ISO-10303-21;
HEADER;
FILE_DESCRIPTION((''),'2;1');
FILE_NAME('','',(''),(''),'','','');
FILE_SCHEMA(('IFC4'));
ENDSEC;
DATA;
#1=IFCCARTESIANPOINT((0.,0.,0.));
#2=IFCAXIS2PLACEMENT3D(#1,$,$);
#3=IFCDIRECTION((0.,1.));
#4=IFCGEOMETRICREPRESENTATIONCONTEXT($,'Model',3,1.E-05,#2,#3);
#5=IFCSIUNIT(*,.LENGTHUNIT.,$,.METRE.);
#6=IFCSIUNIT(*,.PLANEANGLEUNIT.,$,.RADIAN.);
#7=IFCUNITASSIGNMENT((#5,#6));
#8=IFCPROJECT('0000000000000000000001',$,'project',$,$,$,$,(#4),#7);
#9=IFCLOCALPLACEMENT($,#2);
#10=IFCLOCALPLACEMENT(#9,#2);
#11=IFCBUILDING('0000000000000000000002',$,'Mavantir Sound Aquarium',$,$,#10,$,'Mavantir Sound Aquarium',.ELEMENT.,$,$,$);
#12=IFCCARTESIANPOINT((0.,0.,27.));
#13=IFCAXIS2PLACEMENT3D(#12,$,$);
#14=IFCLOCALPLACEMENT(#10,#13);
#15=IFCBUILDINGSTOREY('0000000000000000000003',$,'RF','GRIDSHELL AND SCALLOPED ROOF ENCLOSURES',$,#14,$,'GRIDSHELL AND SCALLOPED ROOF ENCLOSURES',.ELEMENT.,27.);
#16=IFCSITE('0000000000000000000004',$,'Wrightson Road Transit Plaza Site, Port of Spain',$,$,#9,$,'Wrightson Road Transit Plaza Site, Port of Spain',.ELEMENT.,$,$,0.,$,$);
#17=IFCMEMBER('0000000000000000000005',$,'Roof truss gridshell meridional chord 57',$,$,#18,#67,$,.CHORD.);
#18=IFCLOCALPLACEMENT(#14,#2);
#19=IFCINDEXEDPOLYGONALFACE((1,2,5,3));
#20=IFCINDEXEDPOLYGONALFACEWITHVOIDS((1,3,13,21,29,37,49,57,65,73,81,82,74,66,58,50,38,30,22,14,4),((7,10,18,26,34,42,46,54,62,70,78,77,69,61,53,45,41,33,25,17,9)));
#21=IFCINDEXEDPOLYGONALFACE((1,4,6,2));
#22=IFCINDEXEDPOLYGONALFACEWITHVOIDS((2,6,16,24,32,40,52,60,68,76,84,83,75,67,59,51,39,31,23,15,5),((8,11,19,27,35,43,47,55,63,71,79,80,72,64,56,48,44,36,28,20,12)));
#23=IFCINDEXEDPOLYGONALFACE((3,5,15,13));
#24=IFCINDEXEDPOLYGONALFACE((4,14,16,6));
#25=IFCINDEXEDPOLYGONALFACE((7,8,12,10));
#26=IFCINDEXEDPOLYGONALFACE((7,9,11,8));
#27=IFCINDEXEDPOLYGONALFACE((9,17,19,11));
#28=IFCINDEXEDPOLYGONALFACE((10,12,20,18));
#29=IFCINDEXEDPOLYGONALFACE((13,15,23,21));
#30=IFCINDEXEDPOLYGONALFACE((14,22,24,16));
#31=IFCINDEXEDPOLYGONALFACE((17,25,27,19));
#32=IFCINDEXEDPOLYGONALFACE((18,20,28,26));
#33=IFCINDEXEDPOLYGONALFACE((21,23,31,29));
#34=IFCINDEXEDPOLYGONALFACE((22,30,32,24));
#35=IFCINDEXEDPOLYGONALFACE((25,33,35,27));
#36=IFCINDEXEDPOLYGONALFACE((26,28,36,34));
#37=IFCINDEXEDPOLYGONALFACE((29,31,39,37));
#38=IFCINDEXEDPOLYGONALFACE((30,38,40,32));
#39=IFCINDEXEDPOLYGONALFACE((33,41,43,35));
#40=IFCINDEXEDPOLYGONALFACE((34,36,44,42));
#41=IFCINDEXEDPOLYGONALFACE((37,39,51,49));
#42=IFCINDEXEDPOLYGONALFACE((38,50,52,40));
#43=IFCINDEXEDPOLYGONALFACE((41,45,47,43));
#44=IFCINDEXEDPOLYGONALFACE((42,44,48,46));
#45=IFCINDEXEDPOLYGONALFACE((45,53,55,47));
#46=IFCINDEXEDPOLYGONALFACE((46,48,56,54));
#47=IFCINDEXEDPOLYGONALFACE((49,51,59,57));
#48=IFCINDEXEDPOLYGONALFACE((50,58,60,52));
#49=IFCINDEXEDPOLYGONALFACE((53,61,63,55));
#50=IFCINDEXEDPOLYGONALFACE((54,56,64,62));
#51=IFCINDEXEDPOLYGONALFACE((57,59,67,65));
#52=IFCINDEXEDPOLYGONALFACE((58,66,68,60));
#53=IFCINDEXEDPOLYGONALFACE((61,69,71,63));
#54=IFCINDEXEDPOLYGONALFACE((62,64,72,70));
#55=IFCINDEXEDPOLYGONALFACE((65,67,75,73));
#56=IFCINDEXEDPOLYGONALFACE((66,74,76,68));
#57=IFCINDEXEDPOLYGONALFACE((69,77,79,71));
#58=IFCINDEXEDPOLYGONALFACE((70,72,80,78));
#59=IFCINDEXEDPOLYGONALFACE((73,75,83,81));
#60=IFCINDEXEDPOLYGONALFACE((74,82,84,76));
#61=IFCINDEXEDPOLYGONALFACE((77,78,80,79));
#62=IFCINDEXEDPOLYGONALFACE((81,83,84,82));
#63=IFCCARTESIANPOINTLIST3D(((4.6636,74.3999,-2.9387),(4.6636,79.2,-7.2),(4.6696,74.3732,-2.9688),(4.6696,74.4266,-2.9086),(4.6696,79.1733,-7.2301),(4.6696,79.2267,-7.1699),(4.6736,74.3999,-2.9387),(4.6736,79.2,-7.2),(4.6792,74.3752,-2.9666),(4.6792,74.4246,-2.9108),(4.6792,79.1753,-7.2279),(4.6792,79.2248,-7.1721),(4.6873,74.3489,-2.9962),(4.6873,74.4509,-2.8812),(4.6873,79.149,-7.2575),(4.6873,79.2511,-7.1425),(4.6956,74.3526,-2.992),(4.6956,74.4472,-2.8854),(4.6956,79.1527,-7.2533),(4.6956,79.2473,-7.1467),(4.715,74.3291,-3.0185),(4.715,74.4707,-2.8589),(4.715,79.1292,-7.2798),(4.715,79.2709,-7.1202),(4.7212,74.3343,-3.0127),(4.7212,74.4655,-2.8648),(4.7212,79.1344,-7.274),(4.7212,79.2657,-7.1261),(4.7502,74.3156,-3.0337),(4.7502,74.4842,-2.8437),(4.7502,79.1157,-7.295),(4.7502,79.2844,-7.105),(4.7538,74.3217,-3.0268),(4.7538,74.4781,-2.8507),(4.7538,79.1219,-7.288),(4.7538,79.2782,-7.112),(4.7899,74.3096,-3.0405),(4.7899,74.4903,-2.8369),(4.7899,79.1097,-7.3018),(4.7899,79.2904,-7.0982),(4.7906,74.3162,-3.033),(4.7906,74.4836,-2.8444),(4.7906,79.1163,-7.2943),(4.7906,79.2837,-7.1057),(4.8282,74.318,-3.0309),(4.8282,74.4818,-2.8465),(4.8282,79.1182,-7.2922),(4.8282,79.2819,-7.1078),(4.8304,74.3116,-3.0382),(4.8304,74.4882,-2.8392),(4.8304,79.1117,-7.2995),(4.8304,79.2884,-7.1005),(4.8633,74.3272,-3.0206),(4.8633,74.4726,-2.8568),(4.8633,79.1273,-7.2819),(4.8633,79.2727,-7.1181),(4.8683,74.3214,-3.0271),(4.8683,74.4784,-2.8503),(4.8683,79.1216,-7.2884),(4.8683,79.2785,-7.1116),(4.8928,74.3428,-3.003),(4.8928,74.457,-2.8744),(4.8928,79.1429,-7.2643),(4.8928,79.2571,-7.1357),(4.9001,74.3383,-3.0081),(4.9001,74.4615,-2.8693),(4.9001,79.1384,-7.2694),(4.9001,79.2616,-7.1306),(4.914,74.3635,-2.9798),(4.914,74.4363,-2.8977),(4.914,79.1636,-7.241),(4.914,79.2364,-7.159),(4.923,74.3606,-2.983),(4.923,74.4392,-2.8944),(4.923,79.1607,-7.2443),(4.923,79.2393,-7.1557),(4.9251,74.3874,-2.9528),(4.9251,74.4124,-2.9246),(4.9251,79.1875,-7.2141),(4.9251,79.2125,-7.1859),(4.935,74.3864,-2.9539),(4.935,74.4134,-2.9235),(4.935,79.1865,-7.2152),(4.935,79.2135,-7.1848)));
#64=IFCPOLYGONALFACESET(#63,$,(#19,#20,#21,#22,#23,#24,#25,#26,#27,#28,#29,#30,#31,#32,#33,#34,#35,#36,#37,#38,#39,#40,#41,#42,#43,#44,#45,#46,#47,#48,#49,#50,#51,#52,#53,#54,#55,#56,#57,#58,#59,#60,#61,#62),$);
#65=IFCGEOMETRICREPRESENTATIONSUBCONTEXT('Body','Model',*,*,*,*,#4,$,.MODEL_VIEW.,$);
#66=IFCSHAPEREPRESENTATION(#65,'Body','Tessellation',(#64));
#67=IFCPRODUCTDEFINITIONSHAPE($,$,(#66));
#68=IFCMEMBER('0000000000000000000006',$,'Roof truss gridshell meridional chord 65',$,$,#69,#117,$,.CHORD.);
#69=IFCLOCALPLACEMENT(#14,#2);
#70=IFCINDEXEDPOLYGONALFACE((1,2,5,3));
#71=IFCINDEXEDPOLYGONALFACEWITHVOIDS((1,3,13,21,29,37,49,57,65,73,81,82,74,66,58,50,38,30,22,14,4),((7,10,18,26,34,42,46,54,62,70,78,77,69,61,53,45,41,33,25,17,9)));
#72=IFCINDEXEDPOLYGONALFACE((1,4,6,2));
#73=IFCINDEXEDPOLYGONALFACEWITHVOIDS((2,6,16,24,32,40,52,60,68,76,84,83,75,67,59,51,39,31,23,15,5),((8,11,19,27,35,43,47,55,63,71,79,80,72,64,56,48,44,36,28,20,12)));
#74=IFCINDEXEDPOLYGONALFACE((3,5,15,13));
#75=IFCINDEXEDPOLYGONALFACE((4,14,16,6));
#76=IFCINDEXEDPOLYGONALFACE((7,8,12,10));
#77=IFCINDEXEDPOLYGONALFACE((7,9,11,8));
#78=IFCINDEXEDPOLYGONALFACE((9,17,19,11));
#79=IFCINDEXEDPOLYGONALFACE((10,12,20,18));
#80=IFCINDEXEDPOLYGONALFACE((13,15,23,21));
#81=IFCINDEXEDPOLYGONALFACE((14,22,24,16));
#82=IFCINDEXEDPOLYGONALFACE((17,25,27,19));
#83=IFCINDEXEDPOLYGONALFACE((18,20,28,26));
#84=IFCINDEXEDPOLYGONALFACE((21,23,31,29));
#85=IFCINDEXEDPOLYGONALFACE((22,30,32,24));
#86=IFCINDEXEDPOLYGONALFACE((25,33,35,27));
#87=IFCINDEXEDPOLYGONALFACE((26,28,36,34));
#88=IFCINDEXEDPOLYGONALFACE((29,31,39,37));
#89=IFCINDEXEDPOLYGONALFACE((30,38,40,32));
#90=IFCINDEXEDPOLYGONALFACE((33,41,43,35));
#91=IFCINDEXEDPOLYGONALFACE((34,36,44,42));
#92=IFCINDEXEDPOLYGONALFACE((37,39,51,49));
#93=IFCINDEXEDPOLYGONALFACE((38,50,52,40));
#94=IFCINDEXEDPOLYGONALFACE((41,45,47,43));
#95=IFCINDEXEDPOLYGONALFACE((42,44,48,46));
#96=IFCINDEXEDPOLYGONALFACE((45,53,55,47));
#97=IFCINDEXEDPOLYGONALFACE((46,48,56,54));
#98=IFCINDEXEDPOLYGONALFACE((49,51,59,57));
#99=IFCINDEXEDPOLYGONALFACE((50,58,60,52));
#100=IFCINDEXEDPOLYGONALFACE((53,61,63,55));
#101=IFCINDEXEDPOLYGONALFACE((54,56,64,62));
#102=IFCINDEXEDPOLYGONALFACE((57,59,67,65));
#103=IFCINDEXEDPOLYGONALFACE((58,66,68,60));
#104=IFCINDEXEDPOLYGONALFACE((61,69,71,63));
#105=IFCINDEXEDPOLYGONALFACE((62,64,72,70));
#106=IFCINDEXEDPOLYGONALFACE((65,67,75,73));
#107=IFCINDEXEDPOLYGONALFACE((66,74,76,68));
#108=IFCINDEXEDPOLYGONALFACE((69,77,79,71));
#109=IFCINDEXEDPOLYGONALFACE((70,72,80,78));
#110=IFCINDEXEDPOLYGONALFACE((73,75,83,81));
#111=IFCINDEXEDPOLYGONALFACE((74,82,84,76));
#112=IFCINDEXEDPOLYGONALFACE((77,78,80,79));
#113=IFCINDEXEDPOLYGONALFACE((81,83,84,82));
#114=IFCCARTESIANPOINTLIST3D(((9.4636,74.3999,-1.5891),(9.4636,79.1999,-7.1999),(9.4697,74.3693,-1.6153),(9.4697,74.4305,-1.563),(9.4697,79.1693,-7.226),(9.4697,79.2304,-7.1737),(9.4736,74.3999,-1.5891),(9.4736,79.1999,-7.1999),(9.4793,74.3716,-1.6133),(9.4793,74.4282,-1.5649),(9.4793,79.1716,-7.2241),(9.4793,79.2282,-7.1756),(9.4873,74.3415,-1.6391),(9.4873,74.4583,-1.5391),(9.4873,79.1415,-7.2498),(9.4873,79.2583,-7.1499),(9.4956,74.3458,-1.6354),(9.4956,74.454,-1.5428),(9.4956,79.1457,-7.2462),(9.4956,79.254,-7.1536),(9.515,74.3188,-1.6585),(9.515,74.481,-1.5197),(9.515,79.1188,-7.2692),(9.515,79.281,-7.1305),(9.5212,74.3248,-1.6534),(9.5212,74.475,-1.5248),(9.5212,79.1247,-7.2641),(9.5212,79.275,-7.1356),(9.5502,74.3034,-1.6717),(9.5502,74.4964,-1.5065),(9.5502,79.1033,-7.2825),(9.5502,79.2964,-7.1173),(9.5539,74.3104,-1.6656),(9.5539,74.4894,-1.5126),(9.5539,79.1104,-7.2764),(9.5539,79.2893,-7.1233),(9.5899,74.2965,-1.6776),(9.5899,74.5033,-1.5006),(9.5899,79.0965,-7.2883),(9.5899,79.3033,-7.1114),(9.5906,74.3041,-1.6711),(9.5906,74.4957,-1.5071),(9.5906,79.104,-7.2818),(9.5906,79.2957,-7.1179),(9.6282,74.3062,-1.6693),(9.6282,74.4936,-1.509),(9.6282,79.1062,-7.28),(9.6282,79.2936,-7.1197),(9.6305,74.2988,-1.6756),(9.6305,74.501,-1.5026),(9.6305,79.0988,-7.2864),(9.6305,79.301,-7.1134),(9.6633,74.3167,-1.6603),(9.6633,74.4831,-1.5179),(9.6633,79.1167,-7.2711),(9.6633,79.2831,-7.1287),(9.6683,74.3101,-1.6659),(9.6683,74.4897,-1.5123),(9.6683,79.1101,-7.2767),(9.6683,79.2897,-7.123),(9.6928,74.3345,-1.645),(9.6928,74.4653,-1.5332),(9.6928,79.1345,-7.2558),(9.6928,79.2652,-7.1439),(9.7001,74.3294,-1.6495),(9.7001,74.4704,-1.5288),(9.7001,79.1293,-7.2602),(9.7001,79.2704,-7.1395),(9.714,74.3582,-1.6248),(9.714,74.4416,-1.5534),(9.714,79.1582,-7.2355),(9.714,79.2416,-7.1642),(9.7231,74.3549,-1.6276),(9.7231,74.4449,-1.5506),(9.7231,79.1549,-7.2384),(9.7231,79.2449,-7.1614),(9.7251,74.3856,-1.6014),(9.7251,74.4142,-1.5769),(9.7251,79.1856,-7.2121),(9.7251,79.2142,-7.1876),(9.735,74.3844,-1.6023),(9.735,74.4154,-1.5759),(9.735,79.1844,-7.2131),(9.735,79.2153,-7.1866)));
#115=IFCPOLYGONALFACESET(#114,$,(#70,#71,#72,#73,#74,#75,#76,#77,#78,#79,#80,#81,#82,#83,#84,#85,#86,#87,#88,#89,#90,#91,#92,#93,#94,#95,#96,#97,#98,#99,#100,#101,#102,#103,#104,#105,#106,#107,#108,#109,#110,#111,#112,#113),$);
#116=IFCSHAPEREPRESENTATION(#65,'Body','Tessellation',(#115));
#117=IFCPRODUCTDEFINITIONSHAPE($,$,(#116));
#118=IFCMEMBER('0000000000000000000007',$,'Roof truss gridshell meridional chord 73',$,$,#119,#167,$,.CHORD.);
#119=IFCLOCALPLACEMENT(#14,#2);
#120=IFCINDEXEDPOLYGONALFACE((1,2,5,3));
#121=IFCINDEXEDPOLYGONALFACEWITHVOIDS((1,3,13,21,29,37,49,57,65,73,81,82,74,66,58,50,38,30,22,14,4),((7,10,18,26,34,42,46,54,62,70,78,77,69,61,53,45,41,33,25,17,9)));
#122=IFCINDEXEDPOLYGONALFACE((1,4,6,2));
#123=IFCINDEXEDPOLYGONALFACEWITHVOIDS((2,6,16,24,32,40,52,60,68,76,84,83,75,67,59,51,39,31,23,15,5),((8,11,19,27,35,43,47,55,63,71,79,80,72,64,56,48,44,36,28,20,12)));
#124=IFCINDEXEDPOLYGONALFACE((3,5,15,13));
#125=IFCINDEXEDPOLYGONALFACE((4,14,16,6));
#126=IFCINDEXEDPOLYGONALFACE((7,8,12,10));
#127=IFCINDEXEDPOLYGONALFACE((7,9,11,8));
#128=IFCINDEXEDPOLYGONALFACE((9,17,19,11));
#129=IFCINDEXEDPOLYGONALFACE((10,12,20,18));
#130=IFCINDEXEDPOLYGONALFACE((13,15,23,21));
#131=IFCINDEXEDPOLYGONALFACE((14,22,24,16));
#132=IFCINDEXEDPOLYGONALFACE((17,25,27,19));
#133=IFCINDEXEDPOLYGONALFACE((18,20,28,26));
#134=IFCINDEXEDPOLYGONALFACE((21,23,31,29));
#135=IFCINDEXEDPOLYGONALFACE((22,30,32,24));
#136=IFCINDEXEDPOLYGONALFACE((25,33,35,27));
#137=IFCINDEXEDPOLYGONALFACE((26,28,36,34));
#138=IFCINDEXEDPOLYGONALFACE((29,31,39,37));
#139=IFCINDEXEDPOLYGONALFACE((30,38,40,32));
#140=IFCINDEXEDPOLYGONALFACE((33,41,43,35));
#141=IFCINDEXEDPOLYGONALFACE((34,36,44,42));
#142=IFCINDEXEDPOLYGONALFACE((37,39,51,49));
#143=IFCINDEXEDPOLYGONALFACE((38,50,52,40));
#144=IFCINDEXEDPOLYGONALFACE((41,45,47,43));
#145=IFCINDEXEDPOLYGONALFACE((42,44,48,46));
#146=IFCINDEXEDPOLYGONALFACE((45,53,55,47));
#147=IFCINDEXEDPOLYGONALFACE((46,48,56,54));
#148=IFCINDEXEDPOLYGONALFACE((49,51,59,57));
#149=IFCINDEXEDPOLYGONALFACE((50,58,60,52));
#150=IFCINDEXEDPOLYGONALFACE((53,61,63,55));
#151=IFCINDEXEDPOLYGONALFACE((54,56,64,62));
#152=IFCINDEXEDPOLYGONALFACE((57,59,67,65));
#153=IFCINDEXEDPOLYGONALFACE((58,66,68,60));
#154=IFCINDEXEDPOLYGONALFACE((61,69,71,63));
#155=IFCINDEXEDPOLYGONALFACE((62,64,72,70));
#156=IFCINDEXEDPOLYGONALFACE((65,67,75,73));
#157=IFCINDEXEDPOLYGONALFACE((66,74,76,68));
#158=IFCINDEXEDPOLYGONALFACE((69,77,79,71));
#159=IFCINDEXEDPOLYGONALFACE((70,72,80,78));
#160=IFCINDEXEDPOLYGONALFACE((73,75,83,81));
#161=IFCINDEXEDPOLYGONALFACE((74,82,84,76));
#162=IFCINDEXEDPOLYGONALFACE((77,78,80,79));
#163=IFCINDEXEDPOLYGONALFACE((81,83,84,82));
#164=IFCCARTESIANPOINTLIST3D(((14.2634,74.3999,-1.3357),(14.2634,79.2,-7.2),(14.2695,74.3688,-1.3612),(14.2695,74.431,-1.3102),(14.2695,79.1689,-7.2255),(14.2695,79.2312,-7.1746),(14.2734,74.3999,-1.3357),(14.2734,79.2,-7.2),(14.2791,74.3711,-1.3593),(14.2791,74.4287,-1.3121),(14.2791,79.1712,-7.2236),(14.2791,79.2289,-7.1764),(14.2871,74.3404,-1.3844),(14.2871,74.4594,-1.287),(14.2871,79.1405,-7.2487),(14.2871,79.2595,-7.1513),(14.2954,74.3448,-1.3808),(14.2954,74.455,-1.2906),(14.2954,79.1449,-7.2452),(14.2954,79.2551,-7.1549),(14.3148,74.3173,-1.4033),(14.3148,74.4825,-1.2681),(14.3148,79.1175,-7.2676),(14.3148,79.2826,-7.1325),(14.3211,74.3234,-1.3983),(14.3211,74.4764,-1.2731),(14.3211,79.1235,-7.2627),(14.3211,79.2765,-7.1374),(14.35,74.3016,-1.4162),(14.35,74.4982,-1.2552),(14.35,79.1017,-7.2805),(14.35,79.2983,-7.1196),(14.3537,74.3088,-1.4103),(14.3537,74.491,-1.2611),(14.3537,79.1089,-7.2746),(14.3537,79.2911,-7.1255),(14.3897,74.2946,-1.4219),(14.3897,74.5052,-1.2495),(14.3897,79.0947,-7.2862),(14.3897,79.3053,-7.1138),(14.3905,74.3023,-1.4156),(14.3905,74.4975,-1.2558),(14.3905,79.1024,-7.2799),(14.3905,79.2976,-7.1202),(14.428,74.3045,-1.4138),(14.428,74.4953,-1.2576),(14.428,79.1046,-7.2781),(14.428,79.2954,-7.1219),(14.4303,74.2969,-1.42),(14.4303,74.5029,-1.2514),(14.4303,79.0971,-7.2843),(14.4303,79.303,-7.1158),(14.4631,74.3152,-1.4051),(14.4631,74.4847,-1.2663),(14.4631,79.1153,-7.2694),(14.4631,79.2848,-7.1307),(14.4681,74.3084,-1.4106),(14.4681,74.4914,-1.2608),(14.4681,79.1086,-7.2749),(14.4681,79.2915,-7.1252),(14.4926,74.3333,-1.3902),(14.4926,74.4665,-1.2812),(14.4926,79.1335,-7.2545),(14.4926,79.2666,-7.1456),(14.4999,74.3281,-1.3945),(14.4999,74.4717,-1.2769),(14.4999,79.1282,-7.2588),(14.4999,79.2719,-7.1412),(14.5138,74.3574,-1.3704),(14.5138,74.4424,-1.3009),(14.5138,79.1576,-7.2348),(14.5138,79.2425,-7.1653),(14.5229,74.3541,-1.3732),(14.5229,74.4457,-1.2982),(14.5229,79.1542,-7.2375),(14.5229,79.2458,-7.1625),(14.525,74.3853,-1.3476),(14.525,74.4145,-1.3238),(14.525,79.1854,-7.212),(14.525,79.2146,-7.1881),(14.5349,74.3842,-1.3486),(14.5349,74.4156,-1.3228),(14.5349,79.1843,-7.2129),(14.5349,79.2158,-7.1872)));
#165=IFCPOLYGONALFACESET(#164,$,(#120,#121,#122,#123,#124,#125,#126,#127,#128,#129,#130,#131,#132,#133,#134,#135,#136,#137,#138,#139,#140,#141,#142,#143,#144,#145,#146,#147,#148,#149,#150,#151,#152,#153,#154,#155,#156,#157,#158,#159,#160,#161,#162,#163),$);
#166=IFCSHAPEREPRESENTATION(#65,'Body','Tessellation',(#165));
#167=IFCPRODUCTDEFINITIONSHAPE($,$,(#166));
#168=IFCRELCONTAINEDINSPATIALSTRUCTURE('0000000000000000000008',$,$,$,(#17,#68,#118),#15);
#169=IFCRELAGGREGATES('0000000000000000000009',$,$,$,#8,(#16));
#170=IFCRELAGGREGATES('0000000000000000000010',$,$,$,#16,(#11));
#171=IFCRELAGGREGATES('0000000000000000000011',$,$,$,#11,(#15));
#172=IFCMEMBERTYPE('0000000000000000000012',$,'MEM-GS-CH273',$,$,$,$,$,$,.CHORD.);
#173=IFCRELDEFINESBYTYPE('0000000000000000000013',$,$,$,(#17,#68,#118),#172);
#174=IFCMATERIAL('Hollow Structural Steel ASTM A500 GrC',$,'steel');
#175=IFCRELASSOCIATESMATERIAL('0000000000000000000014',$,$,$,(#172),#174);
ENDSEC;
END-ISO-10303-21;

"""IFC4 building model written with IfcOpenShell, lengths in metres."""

from ifc_helpers import new_model, si_unit, direction, frame, origin, origin_2d, place, context, subcontext, project, spatial, hollow_circle, extrude, material, material_profile, profile_set, type_object, element, save


model = new_model("IFC4")

# Units and contexts
model_context = context("Model", 3, precision=1e-05, world=origin(), true_north=direction((0.0, 1.0)))
body_context = subcontext(model_context, "Body", "Model", "MODEL_VIEW")
ifc_project = project(units=[si_unit("LENGTHUNIT", "METRE"), si_unit("PLANEANGLEUNIT", "RADIAN")], contexts=[model_context])

# Site, building, storey
site_placement = place(None, origin())
site = spatial("IfcSite", under=ifc_project, at=site_placement, Name="Wrightson Road Transit Plaza Site, Port of Spain", LongName="Wrightson Road Transit Plaza Site, Port of Spain", CompositionType="ELEMENT", RefElevation=0.0)
building_placement = place(site_placement, origin())
building = spatial("IfcBuilding", under=site, at=building_placement, Name="Mavantir Sound Aquarium", LongName="Mavantir Sound Aquarium", CompositionType="ELEMENT")
storey_placement = place(building_placement, frame((0.0, 0.0, 27.0)))
storey = spatial("IfcBuildingStorey", under=building, at=storey_placement, Name="RF", Description="GRIDSHELL AND SCALLOPED ROOF ENCLOSURES", LongName="GRIDSHELL AND SCALLOPED ROOF ENCLOSURES", CompositionType="ELEMENT", Elevation=27.0)

# Shared definitions
ifc_material_1 = material(Name="Hollow Structural Steel ASTM A500 GrC", Category="steel")

# Members
ifc_material_profile_1 = material_profile(ifc_material_1, hollow_circle(Radius=0.1365, WallThickness=0.01, at=origin_2d()), Name="CHS 273X10")
ifc_profile_set_1 = profile_set([ifc_material_profile_1], Name="Hollow Structural Steel ASTM A500 GrC")
member_type_1 = type_object("IfcMemberType", Name="MEM-GS-CH273", PredefinedType="CHORD", material=ifc_profile_set_1)
member_1_placement = place(storey_placement, frame((4.8, 74.3999, -2.9387), z_axis=(0.0, 0.747833, -0.663887), x_axis=(-1.0, 0.0, 0.0)))
element("IfcMember", 1, at=member_1_placement, inside=storey, type_object=member_type_1, Name="Roof truss gridshell meridional chord 57", PredefinedType="CHORD", context=body_context, shape_type="SweptSolid", body=[
    extrude(hollow_circle(Radius=0.1365, WallThickness=0.01, at=origin_2d()), origin(), (0.0, 0.0, 1.0), 6.4187),
])
member_2_placement = place(storey_placement, frame((9.6001, 74.3999, -1.5891), z_axis=(0.0, 0.65007, -0.759875), x_axis=(-1.0, 0.0, 0.0)))
element("IfcMember", 2, at=member_2_placement, inside=storey, type_object=member_type_1, Name="Roof truss gridshell meridional chord 65", PredefinedType="CHORD", context=body_context, shape_type="SweptSolid", body=[
    extrude(hollow_circle(Radius=0.1365, WallThickness=0.01, at=origin_2d()), origin(), (0.0, 0.0, 1.0), 7.3838),
])
member_3_placement = place(storey_placement, frame((14.3999, 74.3999, -1.3357), z_axis=(0.0, 0.633397, -0.773827), x_axis=(-1.0, 0.0, 0.0)))
element("IfcMember", 3, at=member_3_placement, inside=storey, type_object=member_type_1, Name="Roof truss gridshell meridional chord 73", PredefinedType="CHORD", context=body_context, shape_type="SweptSolid", body=[
    extrude(hollow_circle(Radius=0.1365, WallThickness=0.01, at=origin_2d()), origin(), (0.0, 0.0, 1.0), 7.5784),
])

save(model, "model.ifc")
